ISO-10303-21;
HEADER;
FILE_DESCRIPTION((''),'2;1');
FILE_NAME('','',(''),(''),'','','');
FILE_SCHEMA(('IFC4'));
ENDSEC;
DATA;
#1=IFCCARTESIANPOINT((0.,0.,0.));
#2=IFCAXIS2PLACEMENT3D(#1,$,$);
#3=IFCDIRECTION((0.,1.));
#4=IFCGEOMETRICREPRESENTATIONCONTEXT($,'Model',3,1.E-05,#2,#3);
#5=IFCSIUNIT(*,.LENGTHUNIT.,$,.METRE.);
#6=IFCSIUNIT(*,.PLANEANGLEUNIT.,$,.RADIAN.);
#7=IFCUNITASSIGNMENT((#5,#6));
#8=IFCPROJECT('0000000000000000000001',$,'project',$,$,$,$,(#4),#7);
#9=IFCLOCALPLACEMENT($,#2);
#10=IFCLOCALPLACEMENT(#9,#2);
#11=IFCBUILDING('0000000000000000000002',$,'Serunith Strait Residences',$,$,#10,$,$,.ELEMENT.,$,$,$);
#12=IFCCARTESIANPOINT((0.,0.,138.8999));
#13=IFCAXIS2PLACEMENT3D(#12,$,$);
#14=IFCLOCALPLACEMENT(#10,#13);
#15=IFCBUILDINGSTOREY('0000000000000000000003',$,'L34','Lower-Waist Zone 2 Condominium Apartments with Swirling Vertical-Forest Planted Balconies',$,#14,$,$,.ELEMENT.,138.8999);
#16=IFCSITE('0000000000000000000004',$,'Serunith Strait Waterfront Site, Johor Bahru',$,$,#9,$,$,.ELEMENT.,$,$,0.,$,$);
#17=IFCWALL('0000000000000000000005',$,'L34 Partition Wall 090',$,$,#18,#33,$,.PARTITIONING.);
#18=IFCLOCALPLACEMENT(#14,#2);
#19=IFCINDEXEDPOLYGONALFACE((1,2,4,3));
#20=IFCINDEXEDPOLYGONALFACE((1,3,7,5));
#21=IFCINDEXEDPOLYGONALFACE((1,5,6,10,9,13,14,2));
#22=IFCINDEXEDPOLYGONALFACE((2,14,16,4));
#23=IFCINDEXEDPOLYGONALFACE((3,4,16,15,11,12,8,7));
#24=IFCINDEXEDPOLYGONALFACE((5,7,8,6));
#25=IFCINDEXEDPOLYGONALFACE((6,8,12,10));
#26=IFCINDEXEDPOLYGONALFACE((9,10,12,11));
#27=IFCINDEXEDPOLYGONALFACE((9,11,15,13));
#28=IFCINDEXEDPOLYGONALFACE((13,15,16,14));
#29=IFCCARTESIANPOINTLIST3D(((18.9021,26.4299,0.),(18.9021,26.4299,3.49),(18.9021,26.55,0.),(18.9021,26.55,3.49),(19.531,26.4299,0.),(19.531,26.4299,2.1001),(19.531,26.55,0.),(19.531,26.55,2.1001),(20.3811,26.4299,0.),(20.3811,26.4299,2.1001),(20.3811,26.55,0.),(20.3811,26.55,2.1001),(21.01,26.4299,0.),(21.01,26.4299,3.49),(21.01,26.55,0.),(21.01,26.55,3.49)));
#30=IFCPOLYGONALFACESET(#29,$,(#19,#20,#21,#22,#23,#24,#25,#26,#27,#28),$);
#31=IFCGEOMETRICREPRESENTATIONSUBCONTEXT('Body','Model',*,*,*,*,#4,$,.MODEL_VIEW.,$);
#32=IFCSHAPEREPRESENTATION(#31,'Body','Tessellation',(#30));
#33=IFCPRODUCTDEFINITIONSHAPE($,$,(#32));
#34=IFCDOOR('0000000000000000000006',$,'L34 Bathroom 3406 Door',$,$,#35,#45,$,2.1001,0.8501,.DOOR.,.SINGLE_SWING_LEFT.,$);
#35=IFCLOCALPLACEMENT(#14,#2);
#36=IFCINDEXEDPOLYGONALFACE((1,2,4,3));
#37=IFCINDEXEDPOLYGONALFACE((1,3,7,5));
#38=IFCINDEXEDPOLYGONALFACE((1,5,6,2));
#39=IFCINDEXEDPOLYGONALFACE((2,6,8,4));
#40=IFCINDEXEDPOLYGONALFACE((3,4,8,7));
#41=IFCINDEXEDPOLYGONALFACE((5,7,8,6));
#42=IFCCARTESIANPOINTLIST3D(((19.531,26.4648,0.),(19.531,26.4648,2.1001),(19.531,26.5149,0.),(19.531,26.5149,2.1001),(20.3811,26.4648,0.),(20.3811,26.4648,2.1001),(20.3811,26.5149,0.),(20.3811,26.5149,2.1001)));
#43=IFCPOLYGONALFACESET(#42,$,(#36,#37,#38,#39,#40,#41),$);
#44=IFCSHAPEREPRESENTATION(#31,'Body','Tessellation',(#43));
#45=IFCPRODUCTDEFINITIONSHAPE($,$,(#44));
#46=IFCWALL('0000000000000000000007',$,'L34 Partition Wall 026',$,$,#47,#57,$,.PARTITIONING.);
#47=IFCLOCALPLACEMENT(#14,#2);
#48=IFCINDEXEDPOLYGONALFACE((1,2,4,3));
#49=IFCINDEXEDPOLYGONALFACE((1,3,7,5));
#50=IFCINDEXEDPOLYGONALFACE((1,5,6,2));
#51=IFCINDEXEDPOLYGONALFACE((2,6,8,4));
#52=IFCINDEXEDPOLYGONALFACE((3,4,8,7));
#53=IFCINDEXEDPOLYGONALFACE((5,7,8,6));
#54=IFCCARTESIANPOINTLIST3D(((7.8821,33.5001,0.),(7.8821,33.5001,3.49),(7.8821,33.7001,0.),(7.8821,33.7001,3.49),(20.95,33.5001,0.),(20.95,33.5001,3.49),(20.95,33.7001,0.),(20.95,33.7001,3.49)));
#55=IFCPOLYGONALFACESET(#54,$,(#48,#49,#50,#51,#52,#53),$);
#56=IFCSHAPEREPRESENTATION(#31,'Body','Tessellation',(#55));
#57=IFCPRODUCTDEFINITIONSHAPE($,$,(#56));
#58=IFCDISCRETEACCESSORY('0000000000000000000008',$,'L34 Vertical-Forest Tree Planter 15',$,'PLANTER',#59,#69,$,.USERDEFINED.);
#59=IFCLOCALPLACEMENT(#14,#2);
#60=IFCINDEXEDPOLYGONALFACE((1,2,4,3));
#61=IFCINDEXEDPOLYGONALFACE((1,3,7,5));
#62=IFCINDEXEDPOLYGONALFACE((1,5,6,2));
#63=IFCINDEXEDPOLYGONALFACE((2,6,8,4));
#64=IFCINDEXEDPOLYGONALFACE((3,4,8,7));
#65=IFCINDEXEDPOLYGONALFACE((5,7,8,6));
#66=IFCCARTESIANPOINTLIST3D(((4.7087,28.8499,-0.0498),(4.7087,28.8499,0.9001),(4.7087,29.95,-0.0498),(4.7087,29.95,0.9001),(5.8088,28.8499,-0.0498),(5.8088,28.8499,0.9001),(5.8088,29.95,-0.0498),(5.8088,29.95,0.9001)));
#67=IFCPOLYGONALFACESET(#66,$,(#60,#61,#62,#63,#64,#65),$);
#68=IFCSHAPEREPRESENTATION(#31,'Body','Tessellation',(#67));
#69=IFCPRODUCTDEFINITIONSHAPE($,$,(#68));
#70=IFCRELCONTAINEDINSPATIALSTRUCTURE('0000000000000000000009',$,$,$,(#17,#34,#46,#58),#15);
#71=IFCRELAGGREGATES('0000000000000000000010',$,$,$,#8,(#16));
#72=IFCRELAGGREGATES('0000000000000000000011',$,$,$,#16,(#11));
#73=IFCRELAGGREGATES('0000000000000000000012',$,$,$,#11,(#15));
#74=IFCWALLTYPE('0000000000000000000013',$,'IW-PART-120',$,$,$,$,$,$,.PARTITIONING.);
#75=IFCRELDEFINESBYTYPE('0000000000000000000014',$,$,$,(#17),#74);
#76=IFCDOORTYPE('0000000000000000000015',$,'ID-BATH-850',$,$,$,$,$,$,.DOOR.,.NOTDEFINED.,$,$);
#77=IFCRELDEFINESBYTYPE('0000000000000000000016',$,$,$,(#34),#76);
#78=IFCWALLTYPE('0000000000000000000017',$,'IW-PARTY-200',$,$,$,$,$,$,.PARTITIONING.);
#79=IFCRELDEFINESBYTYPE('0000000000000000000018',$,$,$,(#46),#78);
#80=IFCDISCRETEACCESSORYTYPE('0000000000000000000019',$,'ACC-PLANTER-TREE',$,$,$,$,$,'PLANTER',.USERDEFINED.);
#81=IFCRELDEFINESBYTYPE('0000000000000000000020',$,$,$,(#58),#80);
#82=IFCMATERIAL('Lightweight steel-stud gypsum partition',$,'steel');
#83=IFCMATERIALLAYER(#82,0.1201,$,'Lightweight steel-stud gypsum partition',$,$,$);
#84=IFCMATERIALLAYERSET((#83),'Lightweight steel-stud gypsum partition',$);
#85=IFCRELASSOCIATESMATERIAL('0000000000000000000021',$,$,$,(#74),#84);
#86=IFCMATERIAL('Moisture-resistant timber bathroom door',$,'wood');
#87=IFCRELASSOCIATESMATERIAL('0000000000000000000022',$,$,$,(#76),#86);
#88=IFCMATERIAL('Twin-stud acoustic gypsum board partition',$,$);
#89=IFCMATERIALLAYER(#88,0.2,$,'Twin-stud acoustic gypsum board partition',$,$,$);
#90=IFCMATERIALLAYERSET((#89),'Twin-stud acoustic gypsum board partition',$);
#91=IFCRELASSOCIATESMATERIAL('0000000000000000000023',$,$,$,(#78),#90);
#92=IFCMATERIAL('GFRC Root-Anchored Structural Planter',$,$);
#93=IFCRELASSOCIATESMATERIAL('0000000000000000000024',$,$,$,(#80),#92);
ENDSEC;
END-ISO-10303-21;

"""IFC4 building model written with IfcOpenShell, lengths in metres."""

from ifc_helpers import new_model, si_unit, direction, frame, frame_2d, origin, origin_2d, place, context, subcontext, project, spatial, rectangle, extrude, source, transform, mapped, material, layer, layer_set, type_object, element, fill, save


model = new_model("IFC4")

# Units and contexts
model_context = context("Model", 3, precision=1e-05, world=origin(), true_north=direction((0.0, 1.0)))
body_context = subcontext(model_context, "Body", "Model", "MODEL_VIEW")
ifc_project = project(units=[si_unit("LENGTHUNIT", "METRE"), si_unit("PLANEANGLEUNIT", "RADIAN")], contexts=[model_context])

# Site, building, storey
site_placement = place(None, origin())
site = spatial("IfcSite", under=ifc_project, at=site_placement, Name="Serunith Strait Waterfront Site, Johor Bahru", CompositionType="ELEMENT", RefElevation=0.0)
building_placement = place(site_placement, origin())
building = spatial("IfcBuilding", under=site, at=building_placement, Name="Serunith Strait Residences", CompositionType="ELEMENT")
storey_placement = place(building_placement, frame((0.0, 0.0, 138.8999)))
storey = spatial("IfcBuildingStorey", under=building, at=storey_placement, Name="L34", Description="Lower-Waist Zone 2 Condominium Apartments with Swirling Vertical-Forest Planted Balconies", CompositionType="ELEMENT", Elevation=138.8999)

# Shared definitions
ifc_material_1 = material(Name="Lightweight steel-stud gypsum partition", Category="steel")
ifc_layer_1 = layer(ifc_material_1, 0.1201, Name="Lightweight steel-stud gypsum partition")
ifc_layer_set_1 = layer_set([ifc_layer_1], Name="Lightweight steel-stud gypsum partition")
wall_type_1 = type_object("IfcWallType", Name="IW-PART-120", PredefinedType="PARTITIONING", material=ifc_layer_set_1)
ifc_material_2 = material(Name="Moisture-resistant timber bathroom door", Category="wood")
door_type_1 = type_object("IfcDoorType", Name="ID-BATH-850", OperationType="NOTDEFINED", PredefinedType="DOOR", material=ifc_material_2)
shared_shape_1 = source(origin(), body_context, "Body", "SweptSolid", [
    extrude(rectangle(XDim=0.8501, YDim=2.1001, at=frame_2d((0.425, 1.05))), frame((0.0, 0.0249, 0.0), z_axis=(0.0, -1.0, 0.0), x_axis=(1.0, 0.0, 0.0)), (0.0, 0.0, 1.0), 0.05),
])

# Wall, opening, door
wall_1_placement = place(storey_placement, frame((18.9021, 26.49, 0.0), z_axis=(0.0, 0.0, 1.0), x_axis=(1.0, 0.0, 0.0)))
wall_1 = element("IfcWall", 1, at=wall_1_placement, inside=storey, type_object=wall_type_1, Name="L34 Partition Wall 090", PredefinedType="PARTITIONING", context=body_context, shape_type="SweptSolid", body=[
    extrude(rectangle(XDim=2.1079, YDim=0.1201, at=frame_2d((1.054, 0.0))), origin(), (0.0, 0.0, 1.0), 3.49),
])
opening_1_placement = place(wall_1_placement, frame((0.6289, 0.0, 0.0)))
opening_1 = element("IfcOpeningElement", 2, at=opening_1_placement, cuts=wall_1, PredefinedType="OPENING", context=body_context, shape_type="SweptSolid", body=[
    extrude(rectangle(XDim=0.8501, YDim=2.1001, at=frame_2d((0.425, 1.05))), frame((0.0, 0.0701, 0.0), z_axis=(0.0, -1.0, 0.0), x_axis=(1.0, 0.0, 0.0)), (0.0, 0.0, 1.0), 0.1401),
])
door_1_placement = place(opening_1_placement, origin())
door_1 = element("IfcDoor", 3, at=door_1_placement, inside=storey, type_object=door_type_1, Name="L34 Bathroom 3406 Door", OperationType="SINGLE_SWING_LEFT", OverallHeight=2.1001, OverallWidth=0.8501, PredefinedType="DOOR", context=body_context, shape_type="MappedRepresentation", body=[
    mapped(shared_shape_1, transform((0.0, 0.0, 0.0), scale=1.0)),
])
fill(opening_1, door_1)

# Wall
ifc_material_3 = material(Name="Twin-stud acoustic gypsum board partition")
ifc_layer_2 = layer(ifc_material_3, 0.2, Name="Twin-stud acoustic gypsum board partition")
ifc_layer_set_2 = layer_set([ifc_layer_2], Name="Twin-stud acoustic gypsum board partition")
wall_type_2 = type_object("IfcWallType", Name="IW-PARTY-200", PredefinedType="PARTITIONING", material=ifc_layer_set_2)
wall_2_placement = place(storey_placement, frame((7.8821, 33.6001, 0.0), z_axis=(0.0, 0.0, 1.0), x_axis=(1.0, 0.0, 0.0)))
element("IfcWall", 4, at=wall_2_placement, inside=storey, type_object=wall_type_2, Name="L34 Partition Wall 026", PredefinedType="PARTITIONING", context=body_context, shape_type="SweptSolid", body=[
    extrude(rectangle(XDim=13.0679, YDim=0.2, at=frame_2d((6.5339, 0.0))), origin(), (0.0, 0.0, 1.0), 3.49),
])

# Discrete accessory
ifc_material_4 = material(Name="GFRC Root-Anchored Structural Planter")
discrete_accessory_type = type_object("IfcDiscreteAccessoryType", Name="ACC-PLANTER-TREE", ElementType="PLANTER", PredefinedType="USERDEFINED", material=ifc_material_4)
shared_shape_2 = source(origin(), body_context, "Body", "SweptSolid", [
    extrude(rectangle(XDim=1.1001, YDim=1.1001, at=origin_2d()), origin(), (0.0, 0.0, 1.0), 0.95),
])
discrete_accessory_placement = place(storey_placement, frame((5.2588, 29.3999, -0.0498), z_axis=(0.0, 0.0, 1.0), x_axis=(0.0, -1.0, 0.0)))
element("IfcDiscreteAccessory", 5, at=discrete_accessory_placement, inside=storey, type_object=discrete_accessory_type, Name="L34 Vertical-Forest Tree Planter 15", ObjectType="PLANTER", PredefinedType="USERDEFINED", context=body_context, shape_type="MappedRepresentation", body=[
    mapped(shared_shape_2, transform((0.0, 0.0, 0.0), scale=1.0)),
])

save(model, "model.ifc")
